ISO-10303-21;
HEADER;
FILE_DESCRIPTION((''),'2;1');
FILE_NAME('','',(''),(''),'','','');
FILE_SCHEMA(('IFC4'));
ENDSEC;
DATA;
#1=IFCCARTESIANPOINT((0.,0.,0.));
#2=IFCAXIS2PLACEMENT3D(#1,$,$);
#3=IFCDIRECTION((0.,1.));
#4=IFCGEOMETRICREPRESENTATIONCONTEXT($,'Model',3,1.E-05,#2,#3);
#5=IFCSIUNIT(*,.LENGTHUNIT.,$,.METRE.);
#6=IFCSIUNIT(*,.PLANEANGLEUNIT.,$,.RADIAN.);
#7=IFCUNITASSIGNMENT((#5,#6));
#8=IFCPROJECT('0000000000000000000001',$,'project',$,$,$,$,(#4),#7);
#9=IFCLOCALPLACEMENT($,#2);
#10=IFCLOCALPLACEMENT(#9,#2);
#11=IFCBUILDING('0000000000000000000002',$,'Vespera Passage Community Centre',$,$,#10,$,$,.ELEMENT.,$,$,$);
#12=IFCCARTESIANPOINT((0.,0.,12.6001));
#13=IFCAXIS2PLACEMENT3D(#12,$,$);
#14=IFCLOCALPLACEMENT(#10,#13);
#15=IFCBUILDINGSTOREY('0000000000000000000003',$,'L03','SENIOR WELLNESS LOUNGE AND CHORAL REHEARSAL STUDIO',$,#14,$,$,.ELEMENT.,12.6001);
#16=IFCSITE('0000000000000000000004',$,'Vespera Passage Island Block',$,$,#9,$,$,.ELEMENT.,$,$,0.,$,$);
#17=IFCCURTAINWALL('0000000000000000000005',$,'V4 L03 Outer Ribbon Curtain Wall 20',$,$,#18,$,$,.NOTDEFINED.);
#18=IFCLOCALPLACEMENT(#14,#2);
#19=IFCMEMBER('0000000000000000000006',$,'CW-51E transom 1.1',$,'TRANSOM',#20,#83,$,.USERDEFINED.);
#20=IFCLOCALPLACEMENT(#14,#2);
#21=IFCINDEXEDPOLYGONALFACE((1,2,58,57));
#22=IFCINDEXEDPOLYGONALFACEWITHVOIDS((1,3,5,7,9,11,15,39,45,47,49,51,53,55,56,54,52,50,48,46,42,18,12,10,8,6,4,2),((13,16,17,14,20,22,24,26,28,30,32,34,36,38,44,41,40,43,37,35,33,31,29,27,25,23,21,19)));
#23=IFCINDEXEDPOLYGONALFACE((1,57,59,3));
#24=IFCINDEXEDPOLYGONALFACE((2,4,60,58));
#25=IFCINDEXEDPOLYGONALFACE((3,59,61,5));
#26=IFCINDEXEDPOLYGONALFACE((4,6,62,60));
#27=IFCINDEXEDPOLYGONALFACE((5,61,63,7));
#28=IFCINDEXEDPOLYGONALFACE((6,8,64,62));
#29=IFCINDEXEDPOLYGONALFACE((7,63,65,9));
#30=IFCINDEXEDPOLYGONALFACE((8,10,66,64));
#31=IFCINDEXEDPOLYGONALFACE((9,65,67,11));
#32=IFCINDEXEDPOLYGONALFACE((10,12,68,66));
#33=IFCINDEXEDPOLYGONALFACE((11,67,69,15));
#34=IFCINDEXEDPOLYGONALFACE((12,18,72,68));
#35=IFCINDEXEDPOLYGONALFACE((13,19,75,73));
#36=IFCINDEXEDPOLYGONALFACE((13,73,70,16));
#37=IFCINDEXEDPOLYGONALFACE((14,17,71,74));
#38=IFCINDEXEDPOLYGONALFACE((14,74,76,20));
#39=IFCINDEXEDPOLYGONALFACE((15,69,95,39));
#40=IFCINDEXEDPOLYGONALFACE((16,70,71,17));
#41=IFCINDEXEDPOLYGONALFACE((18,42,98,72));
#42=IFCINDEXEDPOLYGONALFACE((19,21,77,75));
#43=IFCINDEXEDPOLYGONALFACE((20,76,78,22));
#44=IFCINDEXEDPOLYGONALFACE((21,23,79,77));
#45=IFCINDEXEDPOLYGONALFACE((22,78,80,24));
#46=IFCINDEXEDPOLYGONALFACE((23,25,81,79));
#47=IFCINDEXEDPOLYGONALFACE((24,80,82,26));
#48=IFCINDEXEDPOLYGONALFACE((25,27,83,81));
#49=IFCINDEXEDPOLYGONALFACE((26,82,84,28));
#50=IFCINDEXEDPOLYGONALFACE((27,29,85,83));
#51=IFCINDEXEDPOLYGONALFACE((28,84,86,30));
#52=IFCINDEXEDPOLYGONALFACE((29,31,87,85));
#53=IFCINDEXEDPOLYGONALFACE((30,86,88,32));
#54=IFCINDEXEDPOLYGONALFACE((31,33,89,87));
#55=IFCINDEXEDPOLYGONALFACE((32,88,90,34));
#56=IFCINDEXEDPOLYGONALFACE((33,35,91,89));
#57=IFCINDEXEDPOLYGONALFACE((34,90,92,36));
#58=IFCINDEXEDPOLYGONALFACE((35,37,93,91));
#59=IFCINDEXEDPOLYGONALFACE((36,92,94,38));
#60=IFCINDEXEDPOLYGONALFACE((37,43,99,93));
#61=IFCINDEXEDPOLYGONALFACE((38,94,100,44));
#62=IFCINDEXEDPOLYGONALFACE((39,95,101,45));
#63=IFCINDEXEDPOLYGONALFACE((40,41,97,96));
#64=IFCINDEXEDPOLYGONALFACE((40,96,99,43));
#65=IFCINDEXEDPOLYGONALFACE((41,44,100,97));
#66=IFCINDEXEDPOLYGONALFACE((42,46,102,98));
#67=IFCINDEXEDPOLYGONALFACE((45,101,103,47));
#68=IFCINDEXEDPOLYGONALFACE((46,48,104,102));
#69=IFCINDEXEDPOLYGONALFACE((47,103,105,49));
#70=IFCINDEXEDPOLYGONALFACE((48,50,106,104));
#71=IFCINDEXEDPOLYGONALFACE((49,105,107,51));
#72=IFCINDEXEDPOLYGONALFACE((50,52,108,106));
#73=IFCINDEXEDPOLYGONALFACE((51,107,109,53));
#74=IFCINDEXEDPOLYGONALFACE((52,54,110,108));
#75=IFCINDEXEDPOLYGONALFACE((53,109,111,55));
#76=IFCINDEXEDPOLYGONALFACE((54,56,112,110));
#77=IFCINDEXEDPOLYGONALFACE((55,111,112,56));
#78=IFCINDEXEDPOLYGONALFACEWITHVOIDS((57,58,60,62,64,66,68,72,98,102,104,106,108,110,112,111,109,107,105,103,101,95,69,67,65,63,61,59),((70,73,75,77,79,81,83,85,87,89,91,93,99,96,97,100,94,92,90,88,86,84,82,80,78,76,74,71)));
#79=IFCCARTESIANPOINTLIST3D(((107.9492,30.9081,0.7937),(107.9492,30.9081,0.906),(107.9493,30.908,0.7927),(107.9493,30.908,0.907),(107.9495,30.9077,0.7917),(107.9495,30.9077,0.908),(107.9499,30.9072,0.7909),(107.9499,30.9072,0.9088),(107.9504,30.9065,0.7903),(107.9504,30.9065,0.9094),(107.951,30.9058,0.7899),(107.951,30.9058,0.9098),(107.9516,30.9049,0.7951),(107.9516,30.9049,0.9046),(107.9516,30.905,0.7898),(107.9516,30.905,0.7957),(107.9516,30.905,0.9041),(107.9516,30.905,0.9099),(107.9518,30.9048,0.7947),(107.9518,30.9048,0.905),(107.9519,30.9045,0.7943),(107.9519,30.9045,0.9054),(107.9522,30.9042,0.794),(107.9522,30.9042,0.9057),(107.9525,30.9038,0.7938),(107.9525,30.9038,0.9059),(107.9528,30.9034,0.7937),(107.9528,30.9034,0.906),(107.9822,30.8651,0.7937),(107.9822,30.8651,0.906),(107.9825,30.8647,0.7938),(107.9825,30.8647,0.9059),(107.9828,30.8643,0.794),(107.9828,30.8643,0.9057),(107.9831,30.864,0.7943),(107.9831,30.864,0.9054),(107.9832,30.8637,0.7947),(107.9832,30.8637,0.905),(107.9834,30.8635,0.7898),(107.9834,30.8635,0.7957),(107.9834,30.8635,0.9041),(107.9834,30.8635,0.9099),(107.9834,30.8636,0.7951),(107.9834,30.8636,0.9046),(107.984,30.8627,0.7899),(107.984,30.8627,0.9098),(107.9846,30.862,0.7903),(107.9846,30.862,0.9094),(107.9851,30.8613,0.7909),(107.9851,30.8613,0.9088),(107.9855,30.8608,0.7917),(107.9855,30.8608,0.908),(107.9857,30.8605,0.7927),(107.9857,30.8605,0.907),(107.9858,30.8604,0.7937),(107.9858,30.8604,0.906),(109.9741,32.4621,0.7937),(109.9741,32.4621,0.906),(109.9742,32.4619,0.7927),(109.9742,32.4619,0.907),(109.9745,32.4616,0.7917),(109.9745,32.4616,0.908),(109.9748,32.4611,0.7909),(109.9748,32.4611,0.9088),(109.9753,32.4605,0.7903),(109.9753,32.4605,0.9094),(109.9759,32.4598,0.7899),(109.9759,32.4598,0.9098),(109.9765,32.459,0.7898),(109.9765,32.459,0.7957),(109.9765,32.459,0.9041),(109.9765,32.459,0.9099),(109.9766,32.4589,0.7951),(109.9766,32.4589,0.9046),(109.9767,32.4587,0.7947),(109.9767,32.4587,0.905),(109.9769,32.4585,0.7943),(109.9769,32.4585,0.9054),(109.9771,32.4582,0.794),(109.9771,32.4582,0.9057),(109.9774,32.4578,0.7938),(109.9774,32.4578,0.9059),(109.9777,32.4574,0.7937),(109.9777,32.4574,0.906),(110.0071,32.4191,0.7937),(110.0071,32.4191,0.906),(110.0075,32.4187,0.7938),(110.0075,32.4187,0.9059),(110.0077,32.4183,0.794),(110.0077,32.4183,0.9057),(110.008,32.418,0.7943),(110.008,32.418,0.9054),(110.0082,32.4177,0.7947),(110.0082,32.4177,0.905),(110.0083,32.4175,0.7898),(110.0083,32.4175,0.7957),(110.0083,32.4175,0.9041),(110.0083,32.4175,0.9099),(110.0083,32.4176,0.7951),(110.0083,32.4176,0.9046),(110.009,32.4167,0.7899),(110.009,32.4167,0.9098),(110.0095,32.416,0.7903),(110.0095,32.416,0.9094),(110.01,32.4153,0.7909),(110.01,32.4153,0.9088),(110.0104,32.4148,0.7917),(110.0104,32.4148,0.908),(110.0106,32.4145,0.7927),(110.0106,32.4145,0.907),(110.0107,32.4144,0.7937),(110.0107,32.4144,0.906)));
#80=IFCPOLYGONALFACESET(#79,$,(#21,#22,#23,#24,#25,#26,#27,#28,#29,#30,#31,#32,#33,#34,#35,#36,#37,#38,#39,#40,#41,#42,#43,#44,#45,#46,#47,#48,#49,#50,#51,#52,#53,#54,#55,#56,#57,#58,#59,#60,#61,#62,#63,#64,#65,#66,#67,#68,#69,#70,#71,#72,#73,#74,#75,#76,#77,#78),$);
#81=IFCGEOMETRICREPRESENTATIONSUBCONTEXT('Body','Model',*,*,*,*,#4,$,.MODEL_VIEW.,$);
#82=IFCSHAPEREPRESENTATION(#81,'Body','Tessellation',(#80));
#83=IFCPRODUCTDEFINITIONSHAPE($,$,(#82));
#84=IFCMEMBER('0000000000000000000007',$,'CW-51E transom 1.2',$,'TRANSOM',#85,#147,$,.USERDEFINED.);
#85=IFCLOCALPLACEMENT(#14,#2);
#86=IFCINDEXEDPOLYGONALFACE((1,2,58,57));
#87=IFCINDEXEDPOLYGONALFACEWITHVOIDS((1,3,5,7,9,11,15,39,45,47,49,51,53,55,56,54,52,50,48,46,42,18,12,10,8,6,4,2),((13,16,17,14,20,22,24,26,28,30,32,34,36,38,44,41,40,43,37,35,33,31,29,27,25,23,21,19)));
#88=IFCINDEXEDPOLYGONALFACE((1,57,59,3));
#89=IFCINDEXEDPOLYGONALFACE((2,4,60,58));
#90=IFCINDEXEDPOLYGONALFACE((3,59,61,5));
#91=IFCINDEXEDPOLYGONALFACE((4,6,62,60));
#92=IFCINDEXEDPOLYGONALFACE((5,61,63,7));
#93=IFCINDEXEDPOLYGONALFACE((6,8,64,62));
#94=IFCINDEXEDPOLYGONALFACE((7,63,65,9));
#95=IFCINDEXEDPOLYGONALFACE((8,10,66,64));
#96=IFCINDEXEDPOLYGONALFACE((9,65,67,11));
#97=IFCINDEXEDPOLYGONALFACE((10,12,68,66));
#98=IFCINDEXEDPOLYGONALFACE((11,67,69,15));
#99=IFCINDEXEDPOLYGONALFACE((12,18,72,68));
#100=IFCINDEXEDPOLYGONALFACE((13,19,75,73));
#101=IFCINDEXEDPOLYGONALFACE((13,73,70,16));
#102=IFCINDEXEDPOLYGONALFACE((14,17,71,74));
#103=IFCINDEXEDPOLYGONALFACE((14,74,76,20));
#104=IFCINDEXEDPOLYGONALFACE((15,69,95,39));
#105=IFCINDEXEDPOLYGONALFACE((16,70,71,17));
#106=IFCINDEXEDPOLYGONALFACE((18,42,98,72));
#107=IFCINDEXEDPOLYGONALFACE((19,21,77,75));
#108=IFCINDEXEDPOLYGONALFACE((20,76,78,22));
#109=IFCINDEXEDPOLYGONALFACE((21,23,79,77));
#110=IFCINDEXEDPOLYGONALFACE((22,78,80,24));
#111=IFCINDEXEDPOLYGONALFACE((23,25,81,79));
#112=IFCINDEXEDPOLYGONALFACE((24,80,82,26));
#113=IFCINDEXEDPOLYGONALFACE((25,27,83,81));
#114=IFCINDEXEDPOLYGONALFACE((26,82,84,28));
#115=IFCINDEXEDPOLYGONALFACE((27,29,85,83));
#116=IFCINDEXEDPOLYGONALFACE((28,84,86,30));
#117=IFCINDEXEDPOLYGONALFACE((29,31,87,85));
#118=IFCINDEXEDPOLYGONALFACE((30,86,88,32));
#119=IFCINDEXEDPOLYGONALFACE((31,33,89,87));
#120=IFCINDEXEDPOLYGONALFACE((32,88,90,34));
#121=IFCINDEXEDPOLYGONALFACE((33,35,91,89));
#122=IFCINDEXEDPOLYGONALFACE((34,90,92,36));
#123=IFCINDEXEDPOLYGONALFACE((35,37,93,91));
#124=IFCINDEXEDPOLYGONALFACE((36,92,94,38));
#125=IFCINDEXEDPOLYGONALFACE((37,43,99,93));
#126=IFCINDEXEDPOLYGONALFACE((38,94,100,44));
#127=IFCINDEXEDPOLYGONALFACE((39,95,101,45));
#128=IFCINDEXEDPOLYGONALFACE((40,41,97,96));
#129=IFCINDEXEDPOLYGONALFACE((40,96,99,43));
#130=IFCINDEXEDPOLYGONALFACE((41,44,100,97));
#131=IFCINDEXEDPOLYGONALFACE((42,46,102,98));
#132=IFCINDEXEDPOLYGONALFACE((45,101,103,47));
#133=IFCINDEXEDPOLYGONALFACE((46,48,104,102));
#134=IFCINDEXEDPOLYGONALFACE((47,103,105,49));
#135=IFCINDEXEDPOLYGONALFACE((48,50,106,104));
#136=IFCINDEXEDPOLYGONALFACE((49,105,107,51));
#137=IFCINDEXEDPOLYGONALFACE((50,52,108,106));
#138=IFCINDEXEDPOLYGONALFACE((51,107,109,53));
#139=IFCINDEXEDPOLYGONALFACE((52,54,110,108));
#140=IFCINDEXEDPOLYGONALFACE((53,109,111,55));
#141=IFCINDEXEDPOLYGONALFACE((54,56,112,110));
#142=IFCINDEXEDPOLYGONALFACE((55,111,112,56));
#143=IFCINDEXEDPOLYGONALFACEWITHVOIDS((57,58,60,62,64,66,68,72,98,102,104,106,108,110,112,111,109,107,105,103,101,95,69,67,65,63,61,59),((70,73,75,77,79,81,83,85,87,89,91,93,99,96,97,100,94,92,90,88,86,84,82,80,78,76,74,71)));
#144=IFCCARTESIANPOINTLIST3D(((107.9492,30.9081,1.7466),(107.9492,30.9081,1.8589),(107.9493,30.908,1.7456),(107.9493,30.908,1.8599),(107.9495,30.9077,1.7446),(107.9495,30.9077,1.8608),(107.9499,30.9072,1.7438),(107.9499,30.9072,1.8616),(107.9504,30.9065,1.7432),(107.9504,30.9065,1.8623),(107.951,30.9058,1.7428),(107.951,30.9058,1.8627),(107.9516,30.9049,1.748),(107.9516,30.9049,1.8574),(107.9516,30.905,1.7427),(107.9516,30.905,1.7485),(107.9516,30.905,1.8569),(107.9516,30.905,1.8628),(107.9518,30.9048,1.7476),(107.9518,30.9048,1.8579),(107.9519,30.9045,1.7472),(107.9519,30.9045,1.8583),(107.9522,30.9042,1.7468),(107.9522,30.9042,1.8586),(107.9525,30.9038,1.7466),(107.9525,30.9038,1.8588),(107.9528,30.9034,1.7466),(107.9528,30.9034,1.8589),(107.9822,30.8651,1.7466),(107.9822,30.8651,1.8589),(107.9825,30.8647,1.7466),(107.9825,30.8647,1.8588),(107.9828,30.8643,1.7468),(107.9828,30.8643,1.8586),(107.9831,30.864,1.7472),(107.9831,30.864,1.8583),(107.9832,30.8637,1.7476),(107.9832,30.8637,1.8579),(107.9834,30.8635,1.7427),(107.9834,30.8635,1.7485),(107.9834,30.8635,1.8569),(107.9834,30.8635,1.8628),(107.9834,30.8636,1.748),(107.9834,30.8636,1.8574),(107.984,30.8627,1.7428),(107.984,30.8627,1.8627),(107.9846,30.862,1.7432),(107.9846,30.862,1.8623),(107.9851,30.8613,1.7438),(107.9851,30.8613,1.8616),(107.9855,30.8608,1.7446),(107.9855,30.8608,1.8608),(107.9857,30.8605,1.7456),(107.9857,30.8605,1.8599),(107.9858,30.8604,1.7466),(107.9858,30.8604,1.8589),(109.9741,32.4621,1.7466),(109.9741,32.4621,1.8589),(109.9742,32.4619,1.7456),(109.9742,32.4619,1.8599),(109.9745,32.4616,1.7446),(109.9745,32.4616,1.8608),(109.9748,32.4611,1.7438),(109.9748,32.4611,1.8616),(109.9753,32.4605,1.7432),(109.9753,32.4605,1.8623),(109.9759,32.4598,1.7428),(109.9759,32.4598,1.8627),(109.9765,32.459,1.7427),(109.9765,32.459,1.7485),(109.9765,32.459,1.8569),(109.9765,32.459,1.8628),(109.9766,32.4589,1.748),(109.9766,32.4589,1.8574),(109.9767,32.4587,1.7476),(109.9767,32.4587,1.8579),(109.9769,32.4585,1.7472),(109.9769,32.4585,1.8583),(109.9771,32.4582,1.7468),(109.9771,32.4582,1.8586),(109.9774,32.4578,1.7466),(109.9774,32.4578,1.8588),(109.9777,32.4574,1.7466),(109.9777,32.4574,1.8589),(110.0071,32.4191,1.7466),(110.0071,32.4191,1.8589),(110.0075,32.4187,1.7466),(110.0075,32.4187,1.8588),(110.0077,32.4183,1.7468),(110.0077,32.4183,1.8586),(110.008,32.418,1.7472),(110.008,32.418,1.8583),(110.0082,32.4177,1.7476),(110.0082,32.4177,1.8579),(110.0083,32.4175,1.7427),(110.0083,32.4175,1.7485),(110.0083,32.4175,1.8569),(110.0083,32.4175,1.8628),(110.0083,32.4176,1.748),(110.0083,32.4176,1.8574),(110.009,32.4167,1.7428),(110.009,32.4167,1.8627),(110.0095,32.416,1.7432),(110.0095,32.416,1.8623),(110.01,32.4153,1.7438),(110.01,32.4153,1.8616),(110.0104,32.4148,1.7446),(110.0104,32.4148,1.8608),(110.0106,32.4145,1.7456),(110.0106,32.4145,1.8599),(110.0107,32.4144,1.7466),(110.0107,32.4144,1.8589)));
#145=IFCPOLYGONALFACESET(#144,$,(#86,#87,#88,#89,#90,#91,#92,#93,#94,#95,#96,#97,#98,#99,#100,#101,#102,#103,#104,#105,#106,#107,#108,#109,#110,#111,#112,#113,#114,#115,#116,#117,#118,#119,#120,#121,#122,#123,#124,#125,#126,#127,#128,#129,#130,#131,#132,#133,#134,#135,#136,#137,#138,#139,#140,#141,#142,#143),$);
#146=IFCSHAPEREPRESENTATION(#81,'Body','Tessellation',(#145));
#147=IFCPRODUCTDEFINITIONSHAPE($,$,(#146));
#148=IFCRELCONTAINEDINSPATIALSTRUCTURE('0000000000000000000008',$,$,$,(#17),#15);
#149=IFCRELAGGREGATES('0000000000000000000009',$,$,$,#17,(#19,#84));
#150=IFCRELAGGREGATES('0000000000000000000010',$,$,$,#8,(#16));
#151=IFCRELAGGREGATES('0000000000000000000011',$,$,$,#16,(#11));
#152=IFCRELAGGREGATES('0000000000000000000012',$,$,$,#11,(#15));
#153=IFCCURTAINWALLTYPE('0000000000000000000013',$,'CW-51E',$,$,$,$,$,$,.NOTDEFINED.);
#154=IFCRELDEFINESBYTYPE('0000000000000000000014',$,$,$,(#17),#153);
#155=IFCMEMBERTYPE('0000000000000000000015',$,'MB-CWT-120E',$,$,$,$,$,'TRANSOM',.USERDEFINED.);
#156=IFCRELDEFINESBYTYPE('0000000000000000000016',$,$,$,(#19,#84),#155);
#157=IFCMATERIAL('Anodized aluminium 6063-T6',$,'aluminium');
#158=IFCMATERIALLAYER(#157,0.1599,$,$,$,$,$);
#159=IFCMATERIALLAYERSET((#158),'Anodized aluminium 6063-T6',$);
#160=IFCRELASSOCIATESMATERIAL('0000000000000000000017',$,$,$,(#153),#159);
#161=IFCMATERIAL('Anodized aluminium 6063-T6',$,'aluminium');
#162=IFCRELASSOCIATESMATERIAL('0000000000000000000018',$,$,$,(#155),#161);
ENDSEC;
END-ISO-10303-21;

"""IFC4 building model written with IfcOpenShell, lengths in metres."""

from ifc_helpers import new_model, si_unit, direction, frame, origin, origin_2d, place, context, subcontext, project, spatial, hollow_rectangle, extrude, material, layer, layer_set, material_profile, profile_set, type_object, element, aggregate, save


model = new_model("IFC4")

# Units and contexts
model_context = context("Model", 3, precision=1e-05, world=origin(), true_north=direction((0.0, 1.0)))
body_context = subcontext(model_context, "Body", "Model", "MODEL_VIEW")
ifc_project = project(units=[si_unit("LENGTHUNIT", "METRE"), si_unit("PLANEANGLEUNIT", "RADIAN")], contexts=[model_context])

# Site, building, storey
site_placement = place(None, origin())
site = spatial("IfcSite", under=ifc_project, at=site_placement, Name="Vespera Passage Island Block", CompositionType="ELEMENT", RefElevation=0.0)
building_placement = place(site_placement, origin())
building = spatial("IfcBuilding", under=site, at=building_placement, Name="Vespera Passage Community Centre", CompositionType="ELEMENT")
storey_placement = place(building_placement, frame((0.0, 0.0, 12.6001)))
storey = spatial("IfcBuildingStorey", under=building, at=storey_placement, Name="L03", Description="SENIOR WELLNESS LOUNGE AND CHORAL REHEARSAL STUDIO", CompositionType="ELEMENT", Elevation=12.6001)

# Curtain wall, members
ifc_material_1 = material(Name="Anodized aluminium 6063-T6", Category="aluminium")
ifc_layer_1 = layer(ifc_material_1, 0.1599)
ifc_layer_set_1 = layer_set([ifc_layer_1], Name="Anodized aluminium 6063-T6")
curtain_wall_type = type_object("IfcCurtainWallType", Name="CW-51E", PredefinedType="NOTDEFINED", material=ifc_layer_set_1)
curtain_wall_placement = place(storey_placement, origin())
curtain_wall = element("IfcCurtainWall", 1, at=curtain_wall_placement, inside=storey, type_object=curtain_wall_type, Name="V4 L03 Outer Ribbon Curtain Wall 20", PredefinedType="NOTDEFINED")
ifc_material_2 = material(Name="Anodized aluminium 6063-T6", Category="aluminium")
ifc_material_profile_1 = material_profile(ifc_material_2, hollow_rectangle(XDim=0.0601, YDim=0.1201, WallThickness=0.0039, InnerFilletRadius=0.002, OuterFilletRadius=0.0039, at=origin_2d()), Name="ALU120X60X4")
ifc_profile_set_1 = profile_set([ifc_material_profile_1], Name="Anodized aluminium 6063-T6")
member_type_1 = type_object("IfcMemberType", Name="MB-CWT-120E", ElementType="TRANSOM", PredefinedType="USERDEFINED", material=ifc_profile_set_1)
member_1_placement = place(storey_placement, frame((109.9924, 32.4382, 0.8499), z_axis=(-0.793317, -0.608809, 0.0), x_axis=(0.608809, -0.793317, 0.0)))
member_1 = element("IfcMember", 2, at=member_1_placement, type_object=member_type_1, Name="CW-51E transom 1.1", ObjectType="TRANSOM", PredefinedType="USERDEFINED", context=body_context, shape_type="SweptSolid", body=[
    extrude(hollow_rectangle(XDim=0.0601, YDim=0.1201, WallThickness=0.0039, InnerFilletRadius=0.002, OuterFilletRadius=0.0039, at=origin_2d()), origin(), (0.0, 0.0, 1.0), 2.5525),
])
member_2_placement = place(storey_placement, frame((109.9924, 32.4382, 1.8027), z_axis=(-0.793317, -0.608809, 0.0), x_axis=(0.608809, -0.793317, 0.0)))
member_2 = element("IfcMember", 3, at=member_2_placement, type_object=member_type_1, Name="CW-51E transom 1.2", ObjectType="TRANSOM", PredefinedType="USERDEFINED", context=body_context, shape_type="SweptSolid", body=[
    extrude(hollow_rectangle(XDim=0.0601, YDim=0.1201, WallThickness=0.0039, InnerFilletRadius=0.002, OuterFilletRadius=0.0039, at=origin_2d()), origin(), (0.0, 0.0, 1.0), 2.5525),
])
aggregate(curtain_wall, [member_1, member_2])

save(model, "model.ifc")
